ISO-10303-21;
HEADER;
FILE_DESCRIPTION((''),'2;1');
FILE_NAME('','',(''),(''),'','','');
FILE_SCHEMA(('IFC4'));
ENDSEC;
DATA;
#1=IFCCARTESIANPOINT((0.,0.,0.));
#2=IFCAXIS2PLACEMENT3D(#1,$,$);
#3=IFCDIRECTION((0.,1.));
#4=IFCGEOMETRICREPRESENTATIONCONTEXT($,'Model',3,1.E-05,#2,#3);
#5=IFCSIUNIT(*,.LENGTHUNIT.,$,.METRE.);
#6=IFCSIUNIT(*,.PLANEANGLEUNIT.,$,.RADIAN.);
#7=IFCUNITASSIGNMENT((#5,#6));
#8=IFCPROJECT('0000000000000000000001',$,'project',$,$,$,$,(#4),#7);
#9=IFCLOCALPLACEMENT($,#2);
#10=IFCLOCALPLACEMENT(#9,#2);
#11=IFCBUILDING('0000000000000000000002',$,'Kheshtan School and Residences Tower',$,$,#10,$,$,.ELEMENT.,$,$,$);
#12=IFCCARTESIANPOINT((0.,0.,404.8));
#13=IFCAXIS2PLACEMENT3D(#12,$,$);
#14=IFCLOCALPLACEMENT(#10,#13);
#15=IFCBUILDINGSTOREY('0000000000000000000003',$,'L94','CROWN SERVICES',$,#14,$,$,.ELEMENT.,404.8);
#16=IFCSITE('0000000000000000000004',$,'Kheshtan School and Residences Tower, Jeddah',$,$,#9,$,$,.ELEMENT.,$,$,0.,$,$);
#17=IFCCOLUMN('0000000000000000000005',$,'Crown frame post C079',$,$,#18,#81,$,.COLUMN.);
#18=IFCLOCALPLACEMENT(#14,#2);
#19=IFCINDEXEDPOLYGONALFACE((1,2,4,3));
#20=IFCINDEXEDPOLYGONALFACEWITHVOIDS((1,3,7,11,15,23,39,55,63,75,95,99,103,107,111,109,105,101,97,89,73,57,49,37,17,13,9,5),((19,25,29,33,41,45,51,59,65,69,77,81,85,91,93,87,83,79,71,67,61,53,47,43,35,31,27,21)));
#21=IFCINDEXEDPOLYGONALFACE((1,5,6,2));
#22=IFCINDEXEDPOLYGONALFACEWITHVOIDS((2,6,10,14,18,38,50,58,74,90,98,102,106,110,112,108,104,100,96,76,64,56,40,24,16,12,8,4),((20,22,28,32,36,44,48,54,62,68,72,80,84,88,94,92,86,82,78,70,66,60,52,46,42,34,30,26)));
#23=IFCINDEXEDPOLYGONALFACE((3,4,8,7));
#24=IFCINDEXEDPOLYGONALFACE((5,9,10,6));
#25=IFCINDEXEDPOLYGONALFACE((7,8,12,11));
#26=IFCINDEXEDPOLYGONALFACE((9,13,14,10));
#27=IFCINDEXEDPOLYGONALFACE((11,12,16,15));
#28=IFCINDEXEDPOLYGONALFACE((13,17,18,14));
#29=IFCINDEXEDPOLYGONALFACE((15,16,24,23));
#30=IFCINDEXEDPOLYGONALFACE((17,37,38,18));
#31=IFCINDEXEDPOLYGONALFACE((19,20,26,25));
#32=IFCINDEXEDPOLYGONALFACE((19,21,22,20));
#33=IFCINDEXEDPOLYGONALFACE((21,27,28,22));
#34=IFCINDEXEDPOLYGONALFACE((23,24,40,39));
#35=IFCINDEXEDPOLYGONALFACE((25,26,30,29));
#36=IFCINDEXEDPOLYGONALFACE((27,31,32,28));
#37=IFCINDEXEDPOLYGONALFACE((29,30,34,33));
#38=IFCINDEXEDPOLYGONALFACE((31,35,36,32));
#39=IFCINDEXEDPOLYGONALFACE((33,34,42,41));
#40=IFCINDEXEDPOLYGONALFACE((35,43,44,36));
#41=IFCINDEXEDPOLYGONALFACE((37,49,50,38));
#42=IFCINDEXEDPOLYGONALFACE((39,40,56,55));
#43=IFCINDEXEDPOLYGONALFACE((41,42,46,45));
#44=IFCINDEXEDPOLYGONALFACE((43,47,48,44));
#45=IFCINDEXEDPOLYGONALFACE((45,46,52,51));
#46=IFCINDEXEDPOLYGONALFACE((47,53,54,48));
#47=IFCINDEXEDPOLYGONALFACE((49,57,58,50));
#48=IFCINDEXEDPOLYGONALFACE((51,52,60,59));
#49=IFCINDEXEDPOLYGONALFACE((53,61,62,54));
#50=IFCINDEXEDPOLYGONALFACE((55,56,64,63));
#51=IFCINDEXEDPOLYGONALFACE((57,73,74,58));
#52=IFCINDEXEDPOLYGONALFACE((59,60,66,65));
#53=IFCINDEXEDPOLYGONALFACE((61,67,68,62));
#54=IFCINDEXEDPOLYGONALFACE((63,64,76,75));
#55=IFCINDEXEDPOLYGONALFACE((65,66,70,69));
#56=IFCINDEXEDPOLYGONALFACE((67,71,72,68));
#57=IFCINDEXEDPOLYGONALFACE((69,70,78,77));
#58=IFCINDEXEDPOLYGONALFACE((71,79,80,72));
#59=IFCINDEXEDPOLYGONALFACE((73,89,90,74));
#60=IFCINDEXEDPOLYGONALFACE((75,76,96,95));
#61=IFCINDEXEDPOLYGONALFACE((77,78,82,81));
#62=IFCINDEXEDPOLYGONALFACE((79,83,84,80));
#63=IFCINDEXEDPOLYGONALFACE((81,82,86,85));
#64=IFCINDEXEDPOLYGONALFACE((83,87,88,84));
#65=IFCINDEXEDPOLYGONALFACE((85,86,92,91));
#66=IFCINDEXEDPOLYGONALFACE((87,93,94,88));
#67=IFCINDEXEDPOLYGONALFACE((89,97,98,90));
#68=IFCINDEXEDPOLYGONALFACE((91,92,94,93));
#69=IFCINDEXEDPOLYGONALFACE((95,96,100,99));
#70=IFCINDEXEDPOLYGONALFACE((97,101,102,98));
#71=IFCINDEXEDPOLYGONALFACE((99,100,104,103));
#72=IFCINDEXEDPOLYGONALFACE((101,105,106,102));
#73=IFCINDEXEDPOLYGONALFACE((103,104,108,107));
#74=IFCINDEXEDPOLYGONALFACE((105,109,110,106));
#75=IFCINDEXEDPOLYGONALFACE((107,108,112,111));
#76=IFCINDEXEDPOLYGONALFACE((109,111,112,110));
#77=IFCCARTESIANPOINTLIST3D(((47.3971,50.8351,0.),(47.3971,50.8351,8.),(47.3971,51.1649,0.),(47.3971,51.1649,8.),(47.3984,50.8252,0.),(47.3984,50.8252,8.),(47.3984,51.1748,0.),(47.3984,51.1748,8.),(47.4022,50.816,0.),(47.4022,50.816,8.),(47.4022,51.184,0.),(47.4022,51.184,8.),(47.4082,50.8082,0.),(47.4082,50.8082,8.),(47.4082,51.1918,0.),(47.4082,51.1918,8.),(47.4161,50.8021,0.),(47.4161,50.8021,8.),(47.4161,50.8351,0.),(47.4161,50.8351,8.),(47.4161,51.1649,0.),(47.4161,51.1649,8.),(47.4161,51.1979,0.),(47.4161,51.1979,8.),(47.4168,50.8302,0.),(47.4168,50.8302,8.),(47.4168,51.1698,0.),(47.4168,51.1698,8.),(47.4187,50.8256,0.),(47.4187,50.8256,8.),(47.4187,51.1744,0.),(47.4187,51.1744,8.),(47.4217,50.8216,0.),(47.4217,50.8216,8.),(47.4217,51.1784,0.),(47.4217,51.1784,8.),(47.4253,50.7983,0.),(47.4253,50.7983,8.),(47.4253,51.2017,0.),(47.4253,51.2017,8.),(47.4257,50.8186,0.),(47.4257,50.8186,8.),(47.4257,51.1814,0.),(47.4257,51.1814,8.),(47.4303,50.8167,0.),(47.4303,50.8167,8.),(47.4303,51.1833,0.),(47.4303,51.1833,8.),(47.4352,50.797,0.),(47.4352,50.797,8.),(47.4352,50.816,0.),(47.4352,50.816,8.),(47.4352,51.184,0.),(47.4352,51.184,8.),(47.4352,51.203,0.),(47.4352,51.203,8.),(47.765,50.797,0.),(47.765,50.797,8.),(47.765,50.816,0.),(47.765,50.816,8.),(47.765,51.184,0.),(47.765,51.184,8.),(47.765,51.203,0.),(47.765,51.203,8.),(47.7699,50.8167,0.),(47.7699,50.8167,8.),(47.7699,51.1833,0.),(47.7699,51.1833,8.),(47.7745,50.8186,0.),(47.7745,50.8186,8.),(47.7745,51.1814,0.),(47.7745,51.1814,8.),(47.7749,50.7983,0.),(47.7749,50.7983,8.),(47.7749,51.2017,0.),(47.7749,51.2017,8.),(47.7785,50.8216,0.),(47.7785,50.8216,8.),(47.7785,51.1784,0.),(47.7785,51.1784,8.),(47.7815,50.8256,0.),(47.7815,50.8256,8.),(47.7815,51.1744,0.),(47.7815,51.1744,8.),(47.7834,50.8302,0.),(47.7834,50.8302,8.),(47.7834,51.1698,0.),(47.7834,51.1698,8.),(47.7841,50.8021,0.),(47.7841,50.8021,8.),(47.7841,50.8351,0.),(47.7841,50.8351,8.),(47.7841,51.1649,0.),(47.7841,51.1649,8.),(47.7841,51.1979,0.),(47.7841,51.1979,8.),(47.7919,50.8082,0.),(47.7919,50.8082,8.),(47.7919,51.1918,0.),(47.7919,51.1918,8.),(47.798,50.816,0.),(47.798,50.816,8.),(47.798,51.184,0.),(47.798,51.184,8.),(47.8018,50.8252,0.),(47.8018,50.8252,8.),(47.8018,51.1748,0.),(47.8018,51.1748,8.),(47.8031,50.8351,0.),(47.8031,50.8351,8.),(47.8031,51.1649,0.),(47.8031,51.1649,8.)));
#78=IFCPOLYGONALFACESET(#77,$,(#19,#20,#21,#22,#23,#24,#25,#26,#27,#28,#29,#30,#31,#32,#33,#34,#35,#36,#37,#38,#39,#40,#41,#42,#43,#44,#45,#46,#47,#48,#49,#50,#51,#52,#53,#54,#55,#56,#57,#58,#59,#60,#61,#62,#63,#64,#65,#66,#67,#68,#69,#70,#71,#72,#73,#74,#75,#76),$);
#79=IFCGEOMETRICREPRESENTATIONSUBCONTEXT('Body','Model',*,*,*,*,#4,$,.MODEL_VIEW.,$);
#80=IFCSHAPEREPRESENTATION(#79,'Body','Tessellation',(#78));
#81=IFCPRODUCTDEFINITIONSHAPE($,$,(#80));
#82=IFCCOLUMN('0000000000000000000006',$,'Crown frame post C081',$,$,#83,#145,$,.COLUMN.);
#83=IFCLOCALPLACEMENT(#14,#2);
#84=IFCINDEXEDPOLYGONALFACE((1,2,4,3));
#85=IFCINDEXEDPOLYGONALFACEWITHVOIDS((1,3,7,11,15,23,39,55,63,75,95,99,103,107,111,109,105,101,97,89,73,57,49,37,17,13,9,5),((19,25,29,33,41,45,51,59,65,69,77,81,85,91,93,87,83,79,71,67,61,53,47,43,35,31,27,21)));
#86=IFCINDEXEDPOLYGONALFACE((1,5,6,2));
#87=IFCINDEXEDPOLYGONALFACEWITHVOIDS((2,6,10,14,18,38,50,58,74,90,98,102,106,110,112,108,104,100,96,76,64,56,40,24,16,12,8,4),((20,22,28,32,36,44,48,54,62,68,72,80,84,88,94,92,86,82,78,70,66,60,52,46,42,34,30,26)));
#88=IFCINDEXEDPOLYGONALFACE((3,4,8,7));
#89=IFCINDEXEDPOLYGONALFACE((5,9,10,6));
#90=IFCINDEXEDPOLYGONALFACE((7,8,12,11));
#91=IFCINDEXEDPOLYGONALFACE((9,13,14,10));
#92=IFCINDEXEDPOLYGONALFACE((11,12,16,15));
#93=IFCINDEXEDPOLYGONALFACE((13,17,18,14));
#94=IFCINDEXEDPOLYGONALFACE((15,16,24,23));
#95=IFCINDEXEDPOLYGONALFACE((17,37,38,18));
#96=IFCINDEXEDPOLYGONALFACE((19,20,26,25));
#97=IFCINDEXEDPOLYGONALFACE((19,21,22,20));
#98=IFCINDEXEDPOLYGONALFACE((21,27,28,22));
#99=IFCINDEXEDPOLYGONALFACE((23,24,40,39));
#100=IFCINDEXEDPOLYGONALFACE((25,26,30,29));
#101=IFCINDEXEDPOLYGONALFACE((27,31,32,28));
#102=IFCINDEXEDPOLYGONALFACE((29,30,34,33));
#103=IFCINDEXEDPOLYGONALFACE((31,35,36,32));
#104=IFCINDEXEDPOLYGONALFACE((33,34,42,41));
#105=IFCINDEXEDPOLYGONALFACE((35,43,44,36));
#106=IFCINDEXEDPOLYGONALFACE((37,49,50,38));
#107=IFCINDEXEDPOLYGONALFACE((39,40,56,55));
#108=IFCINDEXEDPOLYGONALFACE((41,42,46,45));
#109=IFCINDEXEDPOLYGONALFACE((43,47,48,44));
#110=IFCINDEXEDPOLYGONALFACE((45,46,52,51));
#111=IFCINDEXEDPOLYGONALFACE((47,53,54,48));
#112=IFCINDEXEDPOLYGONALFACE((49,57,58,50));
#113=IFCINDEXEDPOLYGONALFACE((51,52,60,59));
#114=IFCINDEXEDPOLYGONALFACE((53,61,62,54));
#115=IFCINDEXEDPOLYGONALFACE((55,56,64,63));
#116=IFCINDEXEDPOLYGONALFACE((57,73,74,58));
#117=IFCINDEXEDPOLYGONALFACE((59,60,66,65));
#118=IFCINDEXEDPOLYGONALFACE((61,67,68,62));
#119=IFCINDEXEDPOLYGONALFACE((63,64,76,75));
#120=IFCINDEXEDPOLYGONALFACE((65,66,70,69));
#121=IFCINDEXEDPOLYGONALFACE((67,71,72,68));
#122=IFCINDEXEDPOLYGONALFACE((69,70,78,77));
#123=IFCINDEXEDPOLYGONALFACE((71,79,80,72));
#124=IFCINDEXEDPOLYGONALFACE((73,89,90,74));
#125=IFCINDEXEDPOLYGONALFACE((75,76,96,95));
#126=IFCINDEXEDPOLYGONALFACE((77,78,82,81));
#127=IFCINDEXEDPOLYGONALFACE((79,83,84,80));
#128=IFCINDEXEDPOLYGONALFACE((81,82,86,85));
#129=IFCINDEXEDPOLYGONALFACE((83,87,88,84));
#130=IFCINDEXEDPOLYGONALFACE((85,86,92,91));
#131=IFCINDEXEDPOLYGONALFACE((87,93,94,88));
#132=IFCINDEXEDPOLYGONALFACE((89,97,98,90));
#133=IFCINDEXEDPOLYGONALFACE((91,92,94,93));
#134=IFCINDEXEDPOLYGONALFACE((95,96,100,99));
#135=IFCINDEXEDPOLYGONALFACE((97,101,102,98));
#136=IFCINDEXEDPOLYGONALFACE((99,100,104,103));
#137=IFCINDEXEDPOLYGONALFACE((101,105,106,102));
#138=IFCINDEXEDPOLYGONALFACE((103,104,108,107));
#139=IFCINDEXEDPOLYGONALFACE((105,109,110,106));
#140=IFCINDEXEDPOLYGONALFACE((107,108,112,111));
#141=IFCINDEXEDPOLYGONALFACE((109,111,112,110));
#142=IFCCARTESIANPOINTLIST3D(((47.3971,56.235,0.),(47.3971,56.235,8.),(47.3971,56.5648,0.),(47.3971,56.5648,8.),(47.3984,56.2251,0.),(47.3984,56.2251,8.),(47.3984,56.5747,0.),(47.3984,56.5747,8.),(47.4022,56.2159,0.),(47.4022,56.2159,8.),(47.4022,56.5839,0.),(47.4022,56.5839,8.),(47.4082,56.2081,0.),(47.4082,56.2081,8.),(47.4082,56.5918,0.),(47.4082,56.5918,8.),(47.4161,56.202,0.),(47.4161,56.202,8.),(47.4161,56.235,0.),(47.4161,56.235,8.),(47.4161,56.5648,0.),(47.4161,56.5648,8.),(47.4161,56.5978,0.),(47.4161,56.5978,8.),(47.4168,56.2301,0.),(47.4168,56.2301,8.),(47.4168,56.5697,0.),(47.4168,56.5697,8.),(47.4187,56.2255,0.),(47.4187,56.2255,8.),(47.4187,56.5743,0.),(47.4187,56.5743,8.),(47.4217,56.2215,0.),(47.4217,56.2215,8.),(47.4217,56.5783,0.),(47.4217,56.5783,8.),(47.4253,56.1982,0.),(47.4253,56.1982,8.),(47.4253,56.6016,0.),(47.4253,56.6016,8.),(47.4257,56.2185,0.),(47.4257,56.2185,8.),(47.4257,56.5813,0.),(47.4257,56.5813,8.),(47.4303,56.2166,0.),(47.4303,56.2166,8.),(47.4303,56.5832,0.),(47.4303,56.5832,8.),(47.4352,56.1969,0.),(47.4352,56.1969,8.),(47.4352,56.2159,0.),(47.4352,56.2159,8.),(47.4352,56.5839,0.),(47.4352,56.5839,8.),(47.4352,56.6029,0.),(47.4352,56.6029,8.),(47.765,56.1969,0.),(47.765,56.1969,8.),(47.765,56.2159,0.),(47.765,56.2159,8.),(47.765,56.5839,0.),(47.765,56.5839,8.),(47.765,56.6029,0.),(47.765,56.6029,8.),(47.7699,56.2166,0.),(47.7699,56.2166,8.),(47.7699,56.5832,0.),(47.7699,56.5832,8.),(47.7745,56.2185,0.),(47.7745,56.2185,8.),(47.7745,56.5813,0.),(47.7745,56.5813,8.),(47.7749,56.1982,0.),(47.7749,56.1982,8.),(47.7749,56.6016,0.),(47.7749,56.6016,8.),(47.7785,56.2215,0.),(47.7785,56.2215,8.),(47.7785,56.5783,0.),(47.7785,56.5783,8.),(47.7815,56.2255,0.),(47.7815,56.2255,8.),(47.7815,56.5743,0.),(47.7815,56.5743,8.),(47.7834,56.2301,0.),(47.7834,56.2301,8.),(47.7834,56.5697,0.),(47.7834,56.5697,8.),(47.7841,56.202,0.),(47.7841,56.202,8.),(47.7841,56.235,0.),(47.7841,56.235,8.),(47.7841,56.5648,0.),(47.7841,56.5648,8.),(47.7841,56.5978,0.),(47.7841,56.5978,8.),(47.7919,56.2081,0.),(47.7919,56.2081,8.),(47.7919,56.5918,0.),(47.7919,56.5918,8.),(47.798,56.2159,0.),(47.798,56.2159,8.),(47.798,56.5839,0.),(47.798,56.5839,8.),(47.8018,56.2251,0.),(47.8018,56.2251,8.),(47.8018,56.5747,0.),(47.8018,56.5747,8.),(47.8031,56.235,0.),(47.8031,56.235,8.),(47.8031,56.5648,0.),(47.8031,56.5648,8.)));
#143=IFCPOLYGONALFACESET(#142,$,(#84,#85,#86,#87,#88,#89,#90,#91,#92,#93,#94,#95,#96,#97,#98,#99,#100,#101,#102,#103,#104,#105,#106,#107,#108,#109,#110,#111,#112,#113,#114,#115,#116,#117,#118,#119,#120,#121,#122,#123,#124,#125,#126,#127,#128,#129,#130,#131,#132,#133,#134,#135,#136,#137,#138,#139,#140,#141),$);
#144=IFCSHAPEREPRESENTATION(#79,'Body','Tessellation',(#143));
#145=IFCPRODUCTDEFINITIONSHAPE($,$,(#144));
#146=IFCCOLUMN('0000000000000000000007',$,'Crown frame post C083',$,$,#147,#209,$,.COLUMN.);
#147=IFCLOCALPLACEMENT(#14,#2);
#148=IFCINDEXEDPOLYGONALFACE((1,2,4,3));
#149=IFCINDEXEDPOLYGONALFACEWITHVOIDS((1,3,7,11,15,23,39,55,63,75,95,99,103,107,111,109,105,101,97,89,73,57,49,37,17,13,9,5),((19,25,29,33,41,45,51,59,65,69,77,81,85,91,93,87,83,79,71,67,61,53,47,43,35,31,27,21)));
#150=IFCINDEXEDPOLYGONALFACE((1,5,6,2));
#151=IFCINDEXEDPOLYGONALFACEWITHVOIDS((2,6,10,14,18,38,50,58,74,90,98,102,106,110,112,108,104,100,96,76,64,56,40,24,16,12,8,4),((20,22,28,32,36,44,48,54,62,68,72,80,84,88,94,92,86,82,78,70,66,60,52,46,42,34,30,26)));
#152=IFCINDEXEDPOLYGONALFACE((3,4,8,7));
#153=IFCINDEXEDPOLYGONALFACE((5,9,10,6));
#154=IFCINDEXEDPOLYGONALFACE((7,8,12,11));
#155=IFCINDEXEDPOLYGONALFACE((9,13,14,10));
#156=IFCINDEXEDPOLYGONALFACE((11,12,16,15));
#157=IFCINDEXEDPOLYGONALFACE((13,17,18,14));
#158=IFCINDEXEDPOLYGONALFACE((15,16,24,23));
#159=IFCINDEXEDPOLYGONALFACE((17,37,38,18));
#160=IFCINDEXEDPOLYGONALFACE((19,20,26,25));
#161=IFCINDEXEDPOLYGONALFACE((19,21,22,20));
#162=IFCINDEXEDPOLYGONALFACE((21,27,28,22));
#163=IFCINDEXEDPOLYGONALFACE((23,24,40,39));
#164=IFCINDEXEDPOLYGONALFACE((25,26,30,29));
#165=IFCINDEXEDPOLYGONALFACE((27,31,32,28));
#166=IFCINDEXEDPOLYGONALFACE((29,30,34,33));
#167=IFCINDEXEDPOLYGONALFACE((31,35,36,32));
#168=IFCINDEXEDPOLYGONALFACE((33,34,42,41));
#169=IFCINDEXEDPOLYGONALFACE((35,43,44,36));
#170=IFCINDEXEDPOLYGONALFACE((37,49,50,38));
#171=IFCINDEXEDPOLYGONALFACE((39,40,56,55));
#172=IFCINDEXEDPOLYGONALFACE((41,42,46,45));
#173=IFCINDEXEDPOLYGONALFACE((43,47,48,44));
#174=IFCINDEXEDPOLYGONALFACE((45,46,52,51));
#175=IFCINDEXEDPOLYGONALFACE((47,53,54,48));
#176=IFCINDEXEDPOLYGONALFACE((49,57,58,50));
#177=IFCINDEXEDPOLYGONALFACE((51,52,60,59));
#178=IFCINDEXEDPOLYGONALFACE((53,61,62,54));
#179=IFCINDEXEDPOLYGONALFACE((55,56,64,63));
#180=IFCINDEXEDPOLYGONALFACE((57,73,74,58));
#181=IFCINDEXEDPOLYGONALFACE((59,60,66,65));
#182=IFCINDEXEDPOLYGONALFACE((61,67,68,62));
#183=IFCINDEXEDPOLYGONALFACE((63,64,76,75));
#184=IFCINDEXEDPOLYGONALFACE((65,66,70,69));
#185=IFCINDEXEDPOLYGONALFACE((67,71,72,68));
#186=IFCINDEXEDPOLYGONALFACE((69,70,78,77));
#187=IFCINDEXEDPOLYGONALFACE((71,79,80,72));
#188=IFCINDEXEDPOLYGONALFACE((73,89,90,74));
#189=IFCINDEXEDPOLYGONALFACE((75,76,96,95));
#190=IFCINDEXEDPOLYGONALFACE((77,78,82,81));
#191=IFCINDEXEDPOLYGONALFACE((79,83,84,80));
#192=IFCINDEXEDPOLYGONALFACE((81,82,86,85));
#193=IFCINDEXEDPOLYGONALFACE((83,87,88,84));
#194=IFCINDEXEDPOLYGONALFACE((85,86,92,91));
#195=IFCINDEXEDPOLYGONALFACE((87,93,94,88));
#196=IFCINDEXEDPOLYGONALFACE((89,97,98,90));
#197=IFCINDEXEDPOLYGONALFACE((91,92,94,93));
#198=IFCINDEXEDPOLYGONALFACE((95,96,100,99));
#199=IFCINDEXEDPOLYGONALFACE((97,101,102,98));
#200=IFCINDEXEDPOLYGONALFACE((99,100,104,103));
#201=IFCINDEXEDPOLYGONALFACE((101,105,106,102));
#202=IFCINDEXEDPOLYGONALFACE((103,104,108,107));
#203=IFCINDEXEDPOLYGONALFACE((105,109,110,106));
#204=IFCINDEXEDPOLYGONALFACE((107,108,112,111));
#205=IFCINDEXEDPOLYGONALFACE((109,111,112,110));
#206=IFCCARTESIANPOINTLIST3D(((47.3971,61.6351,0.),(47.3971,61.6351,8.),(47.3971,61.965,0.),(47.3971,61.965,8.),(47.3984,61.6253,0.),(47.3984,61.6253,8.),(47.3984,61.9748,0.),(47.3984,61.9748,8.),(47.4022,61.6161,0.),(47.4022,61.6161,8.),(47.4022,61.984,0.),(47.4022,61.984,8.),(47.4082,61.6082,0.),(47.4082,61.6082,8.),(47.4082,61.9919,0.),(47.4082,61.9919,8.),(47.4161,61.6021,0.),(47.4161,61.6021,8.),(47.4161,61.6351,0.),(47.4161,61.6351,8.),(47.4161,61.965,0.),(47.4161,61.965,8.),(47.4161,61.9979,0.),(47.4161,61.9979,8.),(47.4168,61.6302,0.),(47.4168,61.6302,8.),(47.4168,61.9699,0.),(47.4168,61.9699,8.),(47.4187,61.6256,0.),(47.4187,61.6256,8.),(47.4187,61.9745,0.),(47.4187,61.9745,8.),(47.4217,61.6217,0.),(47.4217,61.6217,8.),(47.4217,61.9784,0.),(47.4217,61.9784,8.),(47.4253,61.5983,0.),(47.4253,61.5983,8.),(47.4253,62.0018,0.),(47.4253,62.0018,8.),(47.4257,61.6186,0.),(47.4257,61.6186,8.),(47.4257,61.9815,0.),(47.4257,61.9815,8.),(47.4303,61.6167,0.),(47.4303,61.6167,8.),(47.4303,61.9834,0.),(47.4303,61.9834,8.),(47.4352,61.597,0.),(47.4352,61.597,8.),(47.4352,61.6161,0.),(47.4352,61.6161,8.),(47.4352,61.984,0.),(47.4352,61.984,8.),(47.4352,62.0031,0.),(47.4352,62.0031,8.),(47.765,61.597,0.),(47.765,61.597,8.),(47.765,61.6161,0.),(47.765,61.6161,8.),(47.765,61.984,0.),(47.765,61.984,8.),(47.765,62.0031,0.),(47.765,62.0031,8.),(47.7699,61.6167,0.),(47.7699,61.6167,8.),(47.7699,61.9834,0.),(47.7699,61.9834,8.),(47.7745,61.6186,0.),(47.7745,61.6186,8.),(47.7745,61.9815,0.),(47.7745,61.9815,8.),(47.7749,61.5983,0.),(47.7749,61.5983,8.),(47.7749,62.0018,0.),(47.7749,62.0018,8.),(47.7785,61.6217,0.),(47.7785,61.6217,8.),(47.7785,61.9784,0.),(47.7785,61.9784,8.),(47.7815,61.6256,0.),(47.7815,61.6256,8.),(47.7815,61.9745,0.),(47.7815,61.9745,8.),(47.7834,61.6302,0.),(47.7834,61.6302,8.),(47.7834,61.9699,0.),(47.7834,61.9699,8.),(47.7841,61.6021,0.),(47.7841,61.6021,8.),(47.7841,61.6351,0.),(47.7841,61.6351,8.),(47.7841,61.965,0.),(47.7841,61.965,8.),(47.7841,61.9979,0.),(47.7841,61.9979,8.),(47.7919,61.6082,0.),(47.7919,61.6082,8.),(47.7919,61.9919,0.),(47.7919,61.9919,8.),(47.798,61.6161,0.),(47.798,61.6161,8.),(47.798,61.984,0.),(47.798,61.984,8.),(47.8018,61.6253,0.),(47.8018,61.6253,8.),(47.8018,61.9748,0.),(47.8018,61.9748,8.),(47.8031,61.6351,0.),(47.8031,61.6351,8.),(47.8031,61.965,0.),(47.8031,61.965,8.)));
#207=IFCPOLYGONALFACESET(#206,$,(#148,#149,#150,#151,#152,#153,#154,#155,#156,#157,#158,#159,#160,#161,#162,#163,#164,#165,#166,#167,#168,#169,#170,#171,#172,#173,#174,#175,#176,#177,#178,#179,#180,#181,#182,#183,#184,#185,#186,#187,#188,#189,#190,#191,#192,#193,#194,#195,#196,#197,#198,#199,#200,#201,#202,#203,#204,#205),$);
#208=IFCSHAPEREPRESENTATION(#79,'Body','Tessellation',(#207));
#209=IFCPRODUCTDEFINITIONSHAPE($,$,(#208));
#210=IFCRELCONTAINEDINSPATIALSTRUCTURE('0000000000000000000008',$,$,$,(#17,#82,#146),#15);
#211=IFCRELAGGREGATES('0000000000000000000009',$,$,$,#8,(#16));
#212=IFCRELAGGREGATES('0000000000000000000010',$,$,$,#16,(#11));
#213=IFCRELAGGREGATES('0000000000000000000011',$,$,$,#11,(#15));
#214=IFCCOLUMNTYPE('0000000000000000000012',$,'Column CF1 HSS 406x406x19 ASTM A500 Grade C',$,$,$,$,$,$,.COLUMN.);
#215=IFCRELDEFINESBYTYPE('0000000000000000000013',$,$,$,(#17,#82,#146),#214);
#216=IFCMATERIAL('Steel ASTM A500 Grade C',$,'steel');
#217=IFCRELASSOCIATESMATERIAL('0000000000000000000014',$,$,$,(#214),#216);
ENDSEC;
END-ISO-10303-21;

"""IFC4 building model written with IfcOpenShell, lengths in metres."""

from ifc_helpers import new_model, si_unit, direction, frame, origin, origin_2d, place, context, subcontext, project, spatial, hollow_rectangle, extrude, material, material_profile, profile_set, type_object, element, save


model = new_model("IFC4")

# Units and contexts
model_context = context("Model", 3, precision=1e-05, world=origin(), true_north=direction((0.0, 1.0)))
body_context = subcontext(model_context, "Body", "Model", "MODEL_VIEW")
ifc_project = project(units=[si_unit("LENGTHUNIT", "METRE"), si_unit("PLANEANGLEUNIT", "RADIAN")], contexts=[model_context])

# Site, building, storey
site_placement = place(None, origin())
site = spatial("IfcSite", under=ifc_project, at=site_placement, Name="Kheshtan School and Residences Tower, Jeddah", CompositionType="ELEMENT", RefElevation=0.0)
building_placement = place(site_placement, origin())
building = spatial("IfcBuilding", under=site, at=building_placement, Name="Kheshtan School and Residences Tower", CompositionType="ELEMENT")
storey_placement = place(building_placement, frame((0.0, 0.0, 404.8)))
storey = spatial("IfcBuildingStorey", under=building, at=storey_placement, Name="L94", Description="CROWN SERVICES", CompositionType="ELEMENT", Elevation=404.8)

# Columns
ifc_material_1 = material(Name="Steel ASTM A500 Grade C", Category="steel")
ifc_material_profile_1 = material_profile(ifc_material_1, hollow_rectangle(XDim=0.406, YDim=0.406, WallThickness=0.019, InnerFilletRadius=0.019, OuterFilletRadius=0.0381, at=origin_2d()), Name="HSS 406x406x19")
ifc_profile_set_1 = profile_set([ifc_material_profile_1], Name="Steel ASTM A500 Grade C")
column_type = type_object("IfcColumnType", Name="Column CF1 HSS 406x406x19 ASTM A500 Grade C", PredefinedType="COLUMN", material=ifc_profile_set_1)
for number, where, z_axis, x_axis, name in (
    (1, (47.6001, 51.0, 0.0), (0.0, 0.0, 1.0), (1.0, 0.0, 0.0), "Crown frame post C079"),
    (2, (47.6001, 56.3999, 0.0), (0.0, 0.0, 1.0), (1.0, 0.0, 0.0), "Crown frame post C081"),
    (3, (47.6001, 61.8, 0.0), (0.0, 0.0, 1.0), (1.0, 0.0, 0.0), "Crown frame post C083"),
):
    element("IfcColumn", number, at=place(storey_placement, frame(where, z_axis=z_axis, x_axis=x_axis)), inside=storey, type_object=column_type, Name=name, PredefinedType="COLUMN", context=body_context, shape_type="SweptSolid", body=[
        extrude(hollow_rectangle(XDim=0.406, YDim=0.406, WallThickness=0.019, InnerFilletRadius=0.019, OuterFilletRadius=0.0381, at=origin_2d()), origin(), (0.0, 0.0, 1.0), 8.0),
    ])

save(model, "model.ifc")
